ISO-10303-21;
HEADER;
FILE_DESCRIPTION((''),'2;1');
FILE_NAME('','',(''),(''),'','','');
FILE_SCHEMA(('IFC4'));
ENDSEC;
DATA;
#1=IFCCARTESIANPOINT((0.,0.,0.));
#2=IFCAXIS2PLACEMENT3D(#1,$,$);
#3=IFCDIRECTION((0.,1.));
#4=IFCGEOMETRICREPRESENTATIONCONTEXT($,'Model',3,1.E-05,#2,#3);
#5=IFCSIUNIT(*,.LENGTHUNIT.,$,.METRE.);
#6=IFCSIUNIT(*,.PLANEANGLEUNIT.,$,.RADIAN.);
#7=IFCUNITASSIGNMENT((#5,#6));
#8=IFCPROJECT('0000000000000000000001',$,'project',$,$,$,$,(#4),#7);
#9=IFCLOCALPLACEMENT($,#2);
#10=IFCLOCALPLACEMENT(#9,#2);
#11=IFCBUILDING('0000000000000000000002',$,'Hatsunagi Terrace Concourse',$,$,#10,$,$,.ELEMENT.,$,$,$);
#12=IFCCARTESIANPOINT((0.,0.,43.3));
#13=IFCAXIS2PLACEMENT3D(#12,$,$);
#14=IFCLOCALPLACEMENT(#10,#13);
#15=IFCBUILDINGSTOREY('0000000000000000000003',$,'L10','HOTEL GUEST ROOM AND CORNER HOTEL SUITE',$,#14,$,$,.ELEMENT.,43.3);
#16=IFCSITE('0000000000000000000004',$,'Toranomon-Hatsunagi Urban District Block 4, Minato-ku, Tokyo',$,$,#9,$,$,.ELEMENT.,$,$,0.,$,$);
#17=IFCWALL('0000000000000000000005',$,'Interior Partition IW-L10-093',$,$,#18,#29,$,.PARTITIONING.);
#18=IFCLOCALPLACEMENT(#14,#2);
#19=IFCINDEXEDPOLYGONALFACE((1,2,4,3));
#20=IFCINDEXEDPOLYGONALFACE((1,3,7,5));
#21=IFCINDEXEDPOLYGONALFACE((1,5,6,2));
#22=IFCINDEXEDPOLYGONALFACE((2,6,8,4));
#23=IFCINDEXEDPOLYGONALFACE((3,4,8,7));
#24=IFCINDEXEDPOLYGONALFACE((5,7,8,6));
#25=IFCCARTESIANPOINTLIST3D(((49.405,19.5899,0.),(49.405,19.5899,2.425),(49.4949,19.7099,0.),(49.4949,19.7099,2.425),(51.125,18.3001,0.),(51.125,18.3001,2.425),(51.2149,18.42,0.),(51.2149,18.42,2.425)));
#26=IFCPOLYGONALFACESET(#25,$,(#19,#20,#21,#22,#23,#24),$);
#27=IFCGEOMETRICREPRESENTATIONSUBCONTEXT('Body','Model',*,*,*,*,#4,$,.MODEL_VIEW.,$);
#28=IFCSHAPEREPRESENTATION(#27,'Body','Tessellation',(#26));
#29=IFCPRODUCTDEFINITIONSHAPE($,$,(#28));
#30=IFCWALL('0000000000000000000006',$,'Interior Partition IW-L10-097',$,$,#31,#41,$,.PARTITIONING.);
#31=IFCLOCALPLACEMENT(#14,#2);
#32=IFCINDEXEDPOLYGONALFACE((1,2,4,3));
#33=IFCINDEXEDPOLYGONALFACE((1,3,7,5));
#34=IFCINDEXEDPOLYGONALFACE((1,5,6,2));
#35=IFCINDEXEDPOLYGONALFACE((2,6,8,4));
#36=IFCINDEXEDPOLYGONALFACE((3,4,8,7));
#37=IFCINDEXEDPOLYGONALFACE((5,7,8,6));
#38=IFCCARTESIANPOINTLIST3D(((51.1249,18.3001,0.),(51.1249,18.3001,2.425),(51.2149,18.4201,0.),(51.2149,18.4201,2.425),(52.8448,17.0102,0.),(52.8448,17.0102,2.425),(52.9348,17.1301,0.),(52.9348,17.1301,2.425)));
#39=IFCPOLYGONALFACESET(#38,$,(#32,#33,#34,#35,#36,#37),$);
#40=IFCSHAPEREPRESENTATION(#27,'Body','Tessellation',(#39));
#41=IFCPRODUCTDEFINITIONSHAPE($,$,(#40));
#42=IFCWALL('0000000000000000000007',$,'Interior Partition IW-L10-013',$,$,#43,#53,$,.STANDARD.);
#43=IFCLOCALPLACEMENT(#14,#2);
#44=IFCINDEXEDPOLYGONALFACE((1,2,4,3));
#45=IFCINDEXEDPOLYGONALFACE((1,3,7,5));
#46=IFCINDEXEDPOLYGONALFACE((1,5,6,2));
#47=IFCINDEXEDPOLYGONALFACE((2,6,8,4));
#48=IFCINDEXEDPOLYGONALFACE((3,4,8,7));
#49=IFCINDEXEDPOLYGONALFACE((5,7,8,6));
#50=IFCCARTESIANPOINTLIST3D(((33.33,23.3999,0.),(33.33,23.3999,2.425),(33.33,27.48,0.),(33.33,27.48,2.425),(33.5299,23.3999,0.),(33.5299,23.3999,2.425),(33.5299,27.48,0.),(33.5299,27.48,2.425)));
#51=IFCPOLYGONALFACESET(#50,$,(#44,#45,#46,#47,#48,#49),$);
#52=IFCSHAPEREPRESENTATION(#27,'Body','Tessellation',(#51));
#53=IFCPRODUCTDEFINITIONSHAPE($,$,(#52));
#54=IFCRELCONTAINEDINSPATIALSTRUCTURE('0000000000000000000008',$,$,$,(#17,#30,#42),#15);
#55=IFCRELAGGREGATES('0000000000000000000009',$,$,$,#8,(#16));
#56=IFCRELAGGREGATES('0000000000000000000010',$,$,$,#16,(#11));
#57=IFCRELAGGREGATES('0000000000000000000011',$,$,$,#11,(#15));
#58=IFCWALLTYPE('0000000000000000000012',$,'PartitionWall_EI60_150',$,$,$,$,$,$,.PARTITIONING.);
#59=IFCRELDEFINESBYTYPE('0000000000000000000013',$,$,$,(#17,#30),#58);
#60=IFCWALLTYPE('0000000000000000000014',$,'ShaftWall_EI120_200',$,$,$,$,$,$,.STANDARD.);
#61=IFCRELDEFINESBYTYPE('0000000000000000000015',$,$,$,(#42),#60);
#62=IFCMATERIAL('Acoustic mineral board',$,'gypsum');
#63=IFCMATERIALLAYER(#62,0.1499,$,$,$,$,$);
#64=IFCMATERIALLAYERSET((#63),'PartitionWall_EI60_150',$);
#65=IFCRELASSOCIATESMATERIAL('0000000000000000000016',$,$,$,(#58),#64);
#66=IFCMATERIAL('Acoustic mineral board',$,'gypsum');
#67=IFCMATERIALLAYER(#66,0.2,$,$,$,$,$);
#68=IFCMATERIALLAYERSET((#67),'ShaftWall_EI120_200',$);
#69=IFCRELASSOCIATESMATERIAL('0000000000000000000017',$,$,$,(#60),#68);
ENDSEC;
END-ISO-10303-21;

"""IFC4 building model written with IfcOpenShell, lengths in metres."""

from ifc_helpers import new_model, si_unit, direction, frame, frame_2d, origin, place, context, subcontext, project, spatial, rectangle, extrude, material, layer, layer_set, type_object, element, save


model = new_model("IFC4")

# Units and contexts
model_context = context("Model", 3, precision=1e-05, world=origin(), true_north=direction((0.0, 1.0)))
body_context = subcontext(model_context, "Body", "Model", "MODEL_VIEW")
ifc_project = project(units=[si_unit("LENGTHUNIT", "METRE"), si_unit("PLANEANGLEUNIT", "RADIAN")], contexts=[model_context])

# Site, building, storey
site_placement = place(None, origin())
site = spatial("IfcSite", under=ifc_project, at=site_placement, Name="Toranomon-Hatsunagi Urban District Block 4, Minato-ku, Tokyo", CompositionType="ELEMENT", RefElevation=0.0)
building_placement = place(site_placement, origin())
building = spatial("IfcBuilding", under=site, at=building_placement, Name="Hatsunagi Terrace Concourse", CompositionType="ELEMENT")
storey_placement = place(building_placement, frame((0.0, 0.0, 43.3)))
storey = spatial("IfcBuildingStorey", under=building, at=storey_placement, Name="L10", Description="HOTEL GUEST ROOM AND CORNER HOTEL SUITE", CompositionType="ELEMENT", Elevation=43.3)

# Shared definitions
ifc_material_1 = material(Name="Acoustic mineral board", Category="gypsum")
ifc_layer_1 = layer(ifc_material_1, 0.1499)
ifc_layer_set_1 = layer_set([ifc_layer_1], Name="PartitionWall_EI60_150")
wall_type_1 = type_object("IfcWallType", Name="PartitionWall_EI60_150", PredefinedType="PARTITIONING", material=ifc_layer_set_1)

# Walls
for number, where, z_axis, x_axis, name in (
    (1, (49.45, 19.6499, 0.0), (0.0, 0.0, 1.0), (0.800041, -0.599945, 0.0), "Interior Partition IW-L10-093"),
    (2, (51.1699, 18.3601, 0.0), (0.0, 0.0, 1.0), (0.799986, -0.600018, 0.0), "Interior Partition IW-L10-097"),
):
    element("IfcWall", number, at=place(storey_placement, frame(where, z_axis=z_axis, x_axis=x_axis)), inside=storey, type_object=wall_type_1, Name=name, PredefinedType="PARTITIONING", context=body_context, shape_type="SweptSolid", body=[
        extrude(rectangle(XDim=2.1499, YDim=0.1499, at=frame_2d((1.075, 0.0))), origin(), (0.0, 0.0, 1.0), 2.425),
    ])
ifc_material_2 = material(Name="Acoustic mineral board", Category="gypsum")
ifc_layer_2 = layer(ifc_material_2, 0.2)
ifc_layer_set_2 = layer_set([ifc_layer_2], Name="ShaftWall_EI120_200")
wall_type_2 = type_object("IfcWallType", Name="ShaftWall_EI120_200", PredefinedType="STANDARD", material=ifc_layer_set_2)
wall_1_placement = place(storey_placement, frame((33.4299, 23.3999, 0.0), z_axis=(0.0, 0.0, 1.0), x_axis=(0.0, 1.0, 0.0)))
element("IfcWall", 3, at=wall_1_placement, inside=storey, type_object=wall_type_2, Name="Interior Partition IW-L10-013", PredefinedType="STANDARD", context=body_context, shape_type="SweptSolid", body=[
    extrude(rectangle(XDim=4.0801, YDim=0.2, at=frame_2d((2.04, 0.0))), origin(), (0.0, 0.0, 1.0), 2.425),
])

save(model, "model.ifc")
